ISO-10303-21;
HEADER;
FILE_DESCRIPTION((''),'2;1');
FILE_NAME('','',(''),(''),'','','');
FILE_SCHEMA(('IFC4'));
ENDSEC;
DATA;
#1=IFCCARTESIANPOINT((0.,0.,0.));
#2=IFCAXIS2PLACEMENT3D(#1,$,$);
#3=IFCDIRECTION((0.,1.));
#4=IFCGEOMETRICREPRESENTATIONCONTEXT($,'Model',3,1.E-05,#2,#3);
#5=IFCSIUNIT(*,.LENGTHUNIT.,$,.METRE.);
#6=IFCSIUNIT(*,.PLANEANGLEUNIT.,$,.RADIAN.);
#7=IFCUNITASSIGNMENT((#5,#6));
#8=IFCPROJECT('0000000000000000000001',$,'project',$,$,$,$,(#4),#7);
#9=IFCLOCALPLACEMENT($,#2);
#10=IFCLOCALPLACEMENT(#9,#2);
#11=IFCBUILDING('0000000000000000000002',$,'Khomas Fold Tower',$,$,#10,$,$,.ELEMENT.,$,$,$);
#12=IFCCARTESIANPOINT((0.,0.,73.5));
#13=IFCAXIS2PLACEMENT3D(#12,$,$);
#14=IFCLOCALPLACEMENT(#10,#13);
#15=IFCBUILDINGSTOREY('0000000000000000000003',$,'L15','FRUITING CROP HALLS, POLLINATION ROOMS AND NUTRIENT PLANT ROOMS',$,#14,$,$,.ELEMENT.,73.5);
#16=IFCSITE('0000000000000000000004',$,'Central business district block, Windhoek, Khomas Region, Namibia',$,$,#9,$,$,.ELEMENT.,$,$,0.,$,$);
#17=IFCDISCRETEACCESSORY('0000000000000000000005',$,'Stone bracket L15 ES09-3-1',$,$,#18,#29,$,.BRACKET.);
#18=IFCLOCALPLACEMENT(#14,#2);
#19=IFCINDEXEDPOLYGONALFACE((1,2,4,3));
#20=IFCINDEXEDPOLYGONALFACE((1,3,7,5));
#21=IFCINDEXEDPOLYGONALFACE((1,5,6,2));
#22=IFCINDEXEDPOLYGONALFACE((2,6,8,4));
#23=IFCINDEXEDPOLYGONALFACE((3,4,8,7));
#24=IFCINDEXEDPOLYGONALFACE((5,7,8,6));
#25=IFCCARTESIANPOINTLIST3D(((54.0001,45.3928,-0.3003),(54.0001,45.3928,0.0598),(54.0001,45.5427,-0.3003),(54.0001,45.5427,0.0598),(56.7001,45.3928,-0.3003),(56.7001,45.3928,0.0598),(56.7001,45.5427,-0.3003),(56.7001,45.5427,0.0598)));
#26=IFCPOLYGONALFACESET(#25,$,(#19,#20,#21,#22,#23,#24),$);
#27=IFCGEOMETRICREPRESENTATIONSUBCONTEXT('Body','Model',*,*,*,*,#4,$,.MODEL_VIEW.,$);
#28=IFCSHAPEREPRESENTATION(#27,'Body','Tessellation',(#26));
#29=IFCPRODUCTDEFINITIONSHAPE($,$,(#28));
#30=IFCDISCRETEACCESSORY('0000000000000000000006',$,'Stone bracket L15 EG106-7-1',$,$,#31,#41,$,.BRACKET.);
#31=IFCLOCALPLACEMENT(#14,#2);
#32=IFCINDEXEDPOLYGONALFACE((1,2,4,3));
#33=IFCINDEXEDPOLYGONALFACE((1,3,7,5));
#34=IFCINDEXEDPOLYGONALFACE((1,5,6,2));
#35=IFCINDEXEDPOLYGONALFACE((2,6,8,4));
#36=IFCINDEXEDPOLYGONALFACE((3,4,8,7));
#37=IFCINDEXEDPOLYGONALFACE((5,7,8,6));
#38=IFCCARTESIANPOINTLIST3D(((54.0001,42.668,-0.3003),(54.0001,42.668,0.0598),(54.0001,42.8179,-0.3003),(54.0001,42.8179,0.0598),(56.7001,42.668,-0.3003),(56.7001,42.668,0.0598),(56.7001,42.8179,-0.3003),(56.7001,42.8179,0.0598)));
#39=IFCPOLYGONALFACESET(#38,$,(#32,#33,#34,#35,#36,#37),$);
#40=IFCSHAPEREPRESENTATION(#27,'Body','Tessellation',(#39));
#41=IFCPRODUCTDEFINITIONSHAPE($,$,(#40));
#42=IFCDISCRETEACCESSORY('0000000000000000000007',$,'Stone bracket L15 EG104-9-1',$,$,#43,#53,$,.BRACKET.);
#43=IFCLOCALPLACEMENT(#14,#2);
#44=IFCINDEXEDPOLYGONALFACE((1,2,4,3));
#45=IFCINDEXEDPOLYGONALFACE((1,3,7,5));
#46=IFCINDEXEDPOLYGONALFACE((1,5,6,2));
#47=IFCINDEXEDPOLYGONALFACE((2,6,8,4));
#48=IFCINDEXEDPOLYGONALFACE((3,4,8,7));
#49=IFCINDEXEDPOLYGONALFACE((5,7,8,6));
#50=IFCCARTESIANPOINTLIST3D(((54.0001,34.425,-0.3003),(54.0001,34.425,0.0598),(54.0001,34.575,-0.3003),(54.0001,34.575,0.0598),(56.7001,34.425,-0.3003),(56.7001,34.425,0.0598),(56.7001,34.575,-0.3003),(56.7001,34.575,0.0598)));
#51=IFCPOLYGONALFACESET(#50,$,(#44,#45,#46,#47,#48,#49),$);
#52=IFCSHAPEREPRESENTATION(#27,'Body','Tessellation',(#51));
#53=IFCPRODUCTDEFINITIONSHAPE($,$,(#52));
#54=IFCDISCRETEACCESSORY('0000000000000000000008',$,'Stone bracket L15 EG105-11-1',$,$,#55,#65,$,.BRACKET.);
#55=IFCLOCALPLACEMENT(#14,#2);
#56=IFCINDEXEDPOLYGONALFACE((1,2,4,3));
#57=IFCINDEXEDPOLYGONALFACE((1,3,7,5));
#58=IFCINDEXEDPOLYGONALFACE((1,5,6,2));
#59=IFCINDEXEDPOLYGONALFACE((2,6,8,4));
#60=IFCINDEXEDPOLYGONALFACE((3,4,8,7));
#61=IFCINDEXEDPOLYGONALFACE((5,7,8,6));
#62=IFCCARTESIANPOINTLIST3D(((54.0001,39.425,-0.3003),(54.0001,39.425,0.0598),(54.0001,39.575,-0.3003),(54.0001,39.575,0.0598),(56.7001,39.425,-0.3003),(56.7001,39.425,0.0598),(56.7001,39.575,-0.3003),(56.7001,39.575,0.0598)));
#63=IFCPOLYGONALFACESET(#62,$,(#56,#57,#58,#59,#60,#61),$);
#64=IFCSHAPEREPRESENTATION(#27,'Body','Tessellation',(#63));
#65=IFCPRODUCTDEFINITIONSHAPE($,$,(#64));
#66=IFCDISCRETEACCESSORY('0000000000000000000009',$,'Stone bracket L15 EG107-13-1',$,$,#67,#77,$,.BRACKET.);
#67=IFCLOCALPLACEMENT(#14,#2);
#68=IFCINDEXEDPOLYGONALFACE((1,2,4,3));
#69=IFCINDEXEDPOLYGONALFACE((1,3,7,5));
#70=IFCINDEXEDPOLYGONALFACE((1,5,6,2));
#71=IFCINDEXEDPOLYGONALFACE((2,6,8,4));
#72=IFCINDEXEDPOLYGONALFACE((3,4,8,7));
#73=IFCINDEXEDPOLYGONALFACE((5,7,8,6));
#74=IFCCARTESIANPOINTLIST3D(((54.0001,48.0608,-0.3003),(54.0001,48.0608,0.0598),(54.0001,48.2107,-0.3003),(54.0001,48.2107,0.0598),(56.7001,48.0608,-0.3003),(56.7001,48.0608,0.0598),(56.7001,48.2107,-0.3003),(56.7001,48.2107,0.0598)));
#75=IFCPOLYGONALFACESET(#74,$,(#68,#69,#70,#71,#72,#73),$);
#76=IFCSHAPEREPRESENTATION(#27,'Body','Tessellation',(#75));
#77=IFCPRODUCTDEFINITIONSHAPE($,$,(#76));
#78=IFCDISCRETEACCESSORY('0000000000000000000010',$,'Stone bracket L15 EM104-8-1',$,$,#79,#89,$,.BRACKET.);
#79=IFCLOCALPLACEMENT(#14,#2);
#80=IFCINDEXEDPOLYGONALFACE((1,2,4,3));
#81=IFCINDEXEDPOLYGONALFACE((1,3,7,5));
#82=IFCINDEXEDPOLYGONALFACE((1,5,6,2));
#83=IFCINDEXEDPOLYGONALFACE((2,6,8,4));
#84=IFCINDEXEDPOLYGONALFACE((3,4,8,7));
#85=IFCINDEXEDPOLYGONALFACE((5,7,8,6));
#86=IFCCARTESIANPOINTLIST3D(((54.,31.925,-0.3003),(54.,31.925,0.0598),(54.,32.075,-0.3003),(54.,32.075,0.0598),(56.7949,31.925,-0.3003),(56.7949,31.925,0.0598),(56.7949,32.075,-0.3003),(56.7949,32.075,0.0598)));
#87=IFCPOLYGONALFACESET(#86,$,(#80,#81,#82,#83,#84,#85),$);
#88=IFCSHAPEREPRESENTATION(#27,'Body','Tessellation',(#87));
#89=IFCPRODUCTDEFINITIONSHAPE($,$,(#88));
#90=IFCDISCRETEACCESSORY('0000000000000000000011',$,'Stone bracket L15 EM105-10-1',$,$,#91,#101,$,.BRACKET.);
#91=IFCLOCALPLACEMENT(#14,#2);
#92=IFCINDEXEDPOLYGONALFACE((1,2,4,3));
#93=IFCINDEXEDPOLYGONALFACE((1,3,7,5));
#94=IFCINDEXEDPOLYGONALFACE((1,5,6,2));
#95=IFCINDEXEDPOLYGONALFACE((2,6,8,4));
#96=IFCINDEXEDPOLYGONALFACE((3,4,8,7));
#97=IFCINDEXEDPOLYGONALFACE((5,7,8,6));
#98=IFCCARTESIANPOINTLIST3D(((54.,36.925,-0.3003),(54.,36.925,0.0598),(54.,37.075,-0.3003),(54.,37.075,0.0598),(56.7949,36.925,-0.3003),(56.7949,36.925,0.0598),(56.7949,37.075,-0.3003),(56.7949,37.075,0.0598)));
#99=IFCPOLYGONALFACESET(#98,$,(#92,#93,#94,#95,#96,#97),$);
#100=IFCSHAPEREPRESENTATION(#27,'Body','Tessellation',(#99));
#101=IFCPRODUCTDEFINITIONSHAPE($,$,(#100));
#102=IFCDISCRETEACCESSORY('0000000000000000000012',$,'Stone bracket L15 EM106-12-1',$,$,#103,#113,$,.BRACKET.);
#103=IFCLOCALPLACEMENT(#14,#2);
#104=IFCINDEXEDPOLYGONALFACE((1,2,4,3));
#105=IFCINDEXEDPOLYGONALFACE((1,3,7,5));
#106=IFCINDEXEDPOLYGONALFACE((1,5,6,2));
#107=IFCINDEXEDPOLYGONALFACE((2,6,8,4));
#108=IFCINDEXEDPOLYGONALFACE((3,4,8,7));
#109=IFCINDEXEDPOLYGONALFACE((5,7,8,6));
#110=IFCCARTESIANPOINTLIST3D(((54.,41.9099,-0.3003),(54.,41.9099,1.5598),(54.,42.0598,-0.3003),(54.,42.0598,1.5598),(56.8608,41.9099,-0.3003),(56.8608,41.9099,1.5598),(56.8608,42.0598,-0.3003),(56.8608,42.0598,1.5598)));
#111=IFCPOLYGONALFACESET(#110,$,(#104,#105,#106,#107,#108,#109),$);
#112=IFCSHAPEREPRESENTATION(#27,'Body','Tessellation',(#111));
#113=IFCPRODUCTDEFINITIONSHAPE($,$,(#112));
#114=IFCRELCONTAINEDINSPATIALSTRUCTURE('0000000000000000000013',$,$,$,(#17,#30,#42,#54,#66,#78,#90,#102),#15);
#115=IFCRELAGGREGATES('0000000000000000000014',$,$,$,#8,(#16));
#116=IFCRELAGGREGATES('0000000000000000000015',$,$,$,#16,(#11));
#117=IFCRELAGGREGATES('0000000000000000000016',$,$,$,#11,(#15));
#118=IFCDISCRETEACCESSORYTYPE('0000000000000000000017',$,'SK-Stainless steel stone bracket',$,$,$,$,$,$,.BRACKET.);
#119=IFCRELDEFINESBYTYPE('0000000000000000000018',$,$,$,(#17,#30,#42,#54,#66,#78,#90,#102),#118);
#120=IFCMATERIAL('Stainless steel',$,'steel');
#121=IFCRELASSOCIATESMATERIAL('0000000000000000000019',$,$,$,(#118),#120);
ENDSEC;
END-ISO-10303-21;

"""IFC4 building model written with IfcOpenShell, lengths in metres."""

from ifc_helpers import new_model, si_unit, direction, frame, origin, origin_2d, place, context, subcontext, project, spatial, rectangle, extrude, source, transform, mapped, material, type_object, element, save


model = new_model("IFC4")

# Units and contexts
model_context = context("Model", 3, precision=1e-05, world=origin(), true_north=direction((0.0, 1.0)))
body_context = subcontext(model_context, "Body", "Model", "MODEL_VIEW")
ifc_project = project(units=[si_unit("LENGTHUNIT", "METRE"), si_unit("PLANEANGLEUNIT", "RADIAN")], contexts=[model_context])

# Site, building, storey
site_placement = place(None, origin())
site = spatial("IfcSite", under=ifc_project, at=site_placement, Name="Central business district block, Windhoek, Khomas Region, Namibia", CompositionType="ELEMENT", RefElevation=0.0)
building_placement = place(site_placement, origin())
building = spatial("IfcBuilding", under=site, at=building_placement, Name="Khomas Fold Tower", CompositionType="ELEMENT")
storey_placement = place(building_placement, frame((0.0, 0.0, 73.5)))
storey = spatial("IfcBuildingStorey", under=building, at=storey_placement, Name="L15", Description="FRUITING CROP HALLS, POLLINATION ROOMS AND NUTRIENT PLANT ROOMS", CompositionType="ELEMENT", Elevation=73.5)

# Discrete accessories
ifc_material_1 = material(Name="Stainless steel", Category="steel")
discrete_accessory_type = type_object("IfcDiscreteAccessoryType", Name="SK-Stainless steel stone bracket", PredefinedType="BRACKET", material=ifc_material_1)
shared_shape_1 = source(origin(), body_context, "Body", "SweptSolid", [
    extrude(rectangle(XDim=2.7, YDim=0.1499, at=origin_2d()), origin(), (0.0, 0.0, 1.0), 0.3601),
])
for number, where, z_axis, x_axis, name in (
    (1, (55.3501, 45.4678, -0.3003), (0.0, 0.0, 1.0), (1.0, 0.0, 0.0), "Stone bracket L15 ES09-3-1"),
    (2, (55.3501, 42.7429, -0.3003), (0.0, 0.0, 1.0), (1.0, 0.0, 0.0), "Stone bracket L15 EG106-7-1"),
    (3, (55.3501, 34.5, -0.3003), (0.0, 0.0, 1.0), (1.0, 0.0, 0.0), "Stone bracket L15 EG104-9-1"),
    (4, (55.3501, 39.5, -0.3003), (0.0, 0.0, 1.0), (1.0, 0.0, 0.0), "Stone bracket L15 EG105-11-1"),
    (5, (55.3501, 48.1357, -0.3003), (0.0, 0.0, 1.0), (1.0, 0.0, 0.0), "Stone bracket L15 EG107-13-1"),
):
    element("IfcDiscreteAccessory", number, at=place(storey_placement, frame(where, z_axis=z_axis, x_axis=x_axis)), inside=storey, type_object=discrete_accessory_type, Name=name, PredefinedType="BRACKET", context=body_context, shape_type="MappedRepresentation", body=[
        mapped(shared_shape_1, transform((0.0, 0.0, 0.0))),
    ])
shared_shape_2 = source(origin(), body_context, "Body", "SweptSolid", [
    extrude(rectangle(XDim=2.7949, YDim=0.1499, at=origin_2d()), origin(), (0.0, 0.0, 1.0), 0.3601),
])
for number, where, z_axis, x_axis, name in (
    (6, (55.3975, 32.0, -0.3003), (0.0, 0.0, 1.0), (1.0, 0.0, 0.0), "Stone bracket L15 EM104-8-1"),
    (7, (55.3975, 37.0, -0.3003), (0.0, 0.0, 1.0), (1.0, 0.0, 0.0), "Stone bracket L15 EM105-10-1"),
):
    element("IfcDiscreteAccessory", number, at=place(storey_placement, frame(where, z_axis=z_axis, x_axis=x_axis)), inside=storey, type_object=discrete_accessory_type, Name=name, PredefinedType="BRACKET", context=body_context, shape_type="MappedRepresentation", body=[
        mapped(shared_shape_2, transform((0.0, 0.0, 0.0))),
    ])
shared_shape_3 = source(origin(), body_context, "Body", "SweptSolid", [
    extrude(rectangle(XDim=2.8608, YDim=0.1499, at=origin_2d()), origin(), (0.0, 0.0, 1.0), 1.8601),
])
discrete_accessory_placement = place(storey_placement, frame((55.4304, 41.9849, -0.3003), z_axis=(0.0, 0.0, 1.0), x_axis=(1.0, 0.0, 0.0)))
element("IfcDiscreteAccessory", 8, at=discrete_accessory_placement, inside=storey, type_object=discrete_accessory_type, Name="Stone bracket L15 EM106-12-1", PredefinedType="BRACKET", context=body_context, shape_type="MappedRepresentation", body=[
    mapped(shared_shape_3, transform((0.0, 0.0, 0.0))),
])

save(model, "model.ifc")
